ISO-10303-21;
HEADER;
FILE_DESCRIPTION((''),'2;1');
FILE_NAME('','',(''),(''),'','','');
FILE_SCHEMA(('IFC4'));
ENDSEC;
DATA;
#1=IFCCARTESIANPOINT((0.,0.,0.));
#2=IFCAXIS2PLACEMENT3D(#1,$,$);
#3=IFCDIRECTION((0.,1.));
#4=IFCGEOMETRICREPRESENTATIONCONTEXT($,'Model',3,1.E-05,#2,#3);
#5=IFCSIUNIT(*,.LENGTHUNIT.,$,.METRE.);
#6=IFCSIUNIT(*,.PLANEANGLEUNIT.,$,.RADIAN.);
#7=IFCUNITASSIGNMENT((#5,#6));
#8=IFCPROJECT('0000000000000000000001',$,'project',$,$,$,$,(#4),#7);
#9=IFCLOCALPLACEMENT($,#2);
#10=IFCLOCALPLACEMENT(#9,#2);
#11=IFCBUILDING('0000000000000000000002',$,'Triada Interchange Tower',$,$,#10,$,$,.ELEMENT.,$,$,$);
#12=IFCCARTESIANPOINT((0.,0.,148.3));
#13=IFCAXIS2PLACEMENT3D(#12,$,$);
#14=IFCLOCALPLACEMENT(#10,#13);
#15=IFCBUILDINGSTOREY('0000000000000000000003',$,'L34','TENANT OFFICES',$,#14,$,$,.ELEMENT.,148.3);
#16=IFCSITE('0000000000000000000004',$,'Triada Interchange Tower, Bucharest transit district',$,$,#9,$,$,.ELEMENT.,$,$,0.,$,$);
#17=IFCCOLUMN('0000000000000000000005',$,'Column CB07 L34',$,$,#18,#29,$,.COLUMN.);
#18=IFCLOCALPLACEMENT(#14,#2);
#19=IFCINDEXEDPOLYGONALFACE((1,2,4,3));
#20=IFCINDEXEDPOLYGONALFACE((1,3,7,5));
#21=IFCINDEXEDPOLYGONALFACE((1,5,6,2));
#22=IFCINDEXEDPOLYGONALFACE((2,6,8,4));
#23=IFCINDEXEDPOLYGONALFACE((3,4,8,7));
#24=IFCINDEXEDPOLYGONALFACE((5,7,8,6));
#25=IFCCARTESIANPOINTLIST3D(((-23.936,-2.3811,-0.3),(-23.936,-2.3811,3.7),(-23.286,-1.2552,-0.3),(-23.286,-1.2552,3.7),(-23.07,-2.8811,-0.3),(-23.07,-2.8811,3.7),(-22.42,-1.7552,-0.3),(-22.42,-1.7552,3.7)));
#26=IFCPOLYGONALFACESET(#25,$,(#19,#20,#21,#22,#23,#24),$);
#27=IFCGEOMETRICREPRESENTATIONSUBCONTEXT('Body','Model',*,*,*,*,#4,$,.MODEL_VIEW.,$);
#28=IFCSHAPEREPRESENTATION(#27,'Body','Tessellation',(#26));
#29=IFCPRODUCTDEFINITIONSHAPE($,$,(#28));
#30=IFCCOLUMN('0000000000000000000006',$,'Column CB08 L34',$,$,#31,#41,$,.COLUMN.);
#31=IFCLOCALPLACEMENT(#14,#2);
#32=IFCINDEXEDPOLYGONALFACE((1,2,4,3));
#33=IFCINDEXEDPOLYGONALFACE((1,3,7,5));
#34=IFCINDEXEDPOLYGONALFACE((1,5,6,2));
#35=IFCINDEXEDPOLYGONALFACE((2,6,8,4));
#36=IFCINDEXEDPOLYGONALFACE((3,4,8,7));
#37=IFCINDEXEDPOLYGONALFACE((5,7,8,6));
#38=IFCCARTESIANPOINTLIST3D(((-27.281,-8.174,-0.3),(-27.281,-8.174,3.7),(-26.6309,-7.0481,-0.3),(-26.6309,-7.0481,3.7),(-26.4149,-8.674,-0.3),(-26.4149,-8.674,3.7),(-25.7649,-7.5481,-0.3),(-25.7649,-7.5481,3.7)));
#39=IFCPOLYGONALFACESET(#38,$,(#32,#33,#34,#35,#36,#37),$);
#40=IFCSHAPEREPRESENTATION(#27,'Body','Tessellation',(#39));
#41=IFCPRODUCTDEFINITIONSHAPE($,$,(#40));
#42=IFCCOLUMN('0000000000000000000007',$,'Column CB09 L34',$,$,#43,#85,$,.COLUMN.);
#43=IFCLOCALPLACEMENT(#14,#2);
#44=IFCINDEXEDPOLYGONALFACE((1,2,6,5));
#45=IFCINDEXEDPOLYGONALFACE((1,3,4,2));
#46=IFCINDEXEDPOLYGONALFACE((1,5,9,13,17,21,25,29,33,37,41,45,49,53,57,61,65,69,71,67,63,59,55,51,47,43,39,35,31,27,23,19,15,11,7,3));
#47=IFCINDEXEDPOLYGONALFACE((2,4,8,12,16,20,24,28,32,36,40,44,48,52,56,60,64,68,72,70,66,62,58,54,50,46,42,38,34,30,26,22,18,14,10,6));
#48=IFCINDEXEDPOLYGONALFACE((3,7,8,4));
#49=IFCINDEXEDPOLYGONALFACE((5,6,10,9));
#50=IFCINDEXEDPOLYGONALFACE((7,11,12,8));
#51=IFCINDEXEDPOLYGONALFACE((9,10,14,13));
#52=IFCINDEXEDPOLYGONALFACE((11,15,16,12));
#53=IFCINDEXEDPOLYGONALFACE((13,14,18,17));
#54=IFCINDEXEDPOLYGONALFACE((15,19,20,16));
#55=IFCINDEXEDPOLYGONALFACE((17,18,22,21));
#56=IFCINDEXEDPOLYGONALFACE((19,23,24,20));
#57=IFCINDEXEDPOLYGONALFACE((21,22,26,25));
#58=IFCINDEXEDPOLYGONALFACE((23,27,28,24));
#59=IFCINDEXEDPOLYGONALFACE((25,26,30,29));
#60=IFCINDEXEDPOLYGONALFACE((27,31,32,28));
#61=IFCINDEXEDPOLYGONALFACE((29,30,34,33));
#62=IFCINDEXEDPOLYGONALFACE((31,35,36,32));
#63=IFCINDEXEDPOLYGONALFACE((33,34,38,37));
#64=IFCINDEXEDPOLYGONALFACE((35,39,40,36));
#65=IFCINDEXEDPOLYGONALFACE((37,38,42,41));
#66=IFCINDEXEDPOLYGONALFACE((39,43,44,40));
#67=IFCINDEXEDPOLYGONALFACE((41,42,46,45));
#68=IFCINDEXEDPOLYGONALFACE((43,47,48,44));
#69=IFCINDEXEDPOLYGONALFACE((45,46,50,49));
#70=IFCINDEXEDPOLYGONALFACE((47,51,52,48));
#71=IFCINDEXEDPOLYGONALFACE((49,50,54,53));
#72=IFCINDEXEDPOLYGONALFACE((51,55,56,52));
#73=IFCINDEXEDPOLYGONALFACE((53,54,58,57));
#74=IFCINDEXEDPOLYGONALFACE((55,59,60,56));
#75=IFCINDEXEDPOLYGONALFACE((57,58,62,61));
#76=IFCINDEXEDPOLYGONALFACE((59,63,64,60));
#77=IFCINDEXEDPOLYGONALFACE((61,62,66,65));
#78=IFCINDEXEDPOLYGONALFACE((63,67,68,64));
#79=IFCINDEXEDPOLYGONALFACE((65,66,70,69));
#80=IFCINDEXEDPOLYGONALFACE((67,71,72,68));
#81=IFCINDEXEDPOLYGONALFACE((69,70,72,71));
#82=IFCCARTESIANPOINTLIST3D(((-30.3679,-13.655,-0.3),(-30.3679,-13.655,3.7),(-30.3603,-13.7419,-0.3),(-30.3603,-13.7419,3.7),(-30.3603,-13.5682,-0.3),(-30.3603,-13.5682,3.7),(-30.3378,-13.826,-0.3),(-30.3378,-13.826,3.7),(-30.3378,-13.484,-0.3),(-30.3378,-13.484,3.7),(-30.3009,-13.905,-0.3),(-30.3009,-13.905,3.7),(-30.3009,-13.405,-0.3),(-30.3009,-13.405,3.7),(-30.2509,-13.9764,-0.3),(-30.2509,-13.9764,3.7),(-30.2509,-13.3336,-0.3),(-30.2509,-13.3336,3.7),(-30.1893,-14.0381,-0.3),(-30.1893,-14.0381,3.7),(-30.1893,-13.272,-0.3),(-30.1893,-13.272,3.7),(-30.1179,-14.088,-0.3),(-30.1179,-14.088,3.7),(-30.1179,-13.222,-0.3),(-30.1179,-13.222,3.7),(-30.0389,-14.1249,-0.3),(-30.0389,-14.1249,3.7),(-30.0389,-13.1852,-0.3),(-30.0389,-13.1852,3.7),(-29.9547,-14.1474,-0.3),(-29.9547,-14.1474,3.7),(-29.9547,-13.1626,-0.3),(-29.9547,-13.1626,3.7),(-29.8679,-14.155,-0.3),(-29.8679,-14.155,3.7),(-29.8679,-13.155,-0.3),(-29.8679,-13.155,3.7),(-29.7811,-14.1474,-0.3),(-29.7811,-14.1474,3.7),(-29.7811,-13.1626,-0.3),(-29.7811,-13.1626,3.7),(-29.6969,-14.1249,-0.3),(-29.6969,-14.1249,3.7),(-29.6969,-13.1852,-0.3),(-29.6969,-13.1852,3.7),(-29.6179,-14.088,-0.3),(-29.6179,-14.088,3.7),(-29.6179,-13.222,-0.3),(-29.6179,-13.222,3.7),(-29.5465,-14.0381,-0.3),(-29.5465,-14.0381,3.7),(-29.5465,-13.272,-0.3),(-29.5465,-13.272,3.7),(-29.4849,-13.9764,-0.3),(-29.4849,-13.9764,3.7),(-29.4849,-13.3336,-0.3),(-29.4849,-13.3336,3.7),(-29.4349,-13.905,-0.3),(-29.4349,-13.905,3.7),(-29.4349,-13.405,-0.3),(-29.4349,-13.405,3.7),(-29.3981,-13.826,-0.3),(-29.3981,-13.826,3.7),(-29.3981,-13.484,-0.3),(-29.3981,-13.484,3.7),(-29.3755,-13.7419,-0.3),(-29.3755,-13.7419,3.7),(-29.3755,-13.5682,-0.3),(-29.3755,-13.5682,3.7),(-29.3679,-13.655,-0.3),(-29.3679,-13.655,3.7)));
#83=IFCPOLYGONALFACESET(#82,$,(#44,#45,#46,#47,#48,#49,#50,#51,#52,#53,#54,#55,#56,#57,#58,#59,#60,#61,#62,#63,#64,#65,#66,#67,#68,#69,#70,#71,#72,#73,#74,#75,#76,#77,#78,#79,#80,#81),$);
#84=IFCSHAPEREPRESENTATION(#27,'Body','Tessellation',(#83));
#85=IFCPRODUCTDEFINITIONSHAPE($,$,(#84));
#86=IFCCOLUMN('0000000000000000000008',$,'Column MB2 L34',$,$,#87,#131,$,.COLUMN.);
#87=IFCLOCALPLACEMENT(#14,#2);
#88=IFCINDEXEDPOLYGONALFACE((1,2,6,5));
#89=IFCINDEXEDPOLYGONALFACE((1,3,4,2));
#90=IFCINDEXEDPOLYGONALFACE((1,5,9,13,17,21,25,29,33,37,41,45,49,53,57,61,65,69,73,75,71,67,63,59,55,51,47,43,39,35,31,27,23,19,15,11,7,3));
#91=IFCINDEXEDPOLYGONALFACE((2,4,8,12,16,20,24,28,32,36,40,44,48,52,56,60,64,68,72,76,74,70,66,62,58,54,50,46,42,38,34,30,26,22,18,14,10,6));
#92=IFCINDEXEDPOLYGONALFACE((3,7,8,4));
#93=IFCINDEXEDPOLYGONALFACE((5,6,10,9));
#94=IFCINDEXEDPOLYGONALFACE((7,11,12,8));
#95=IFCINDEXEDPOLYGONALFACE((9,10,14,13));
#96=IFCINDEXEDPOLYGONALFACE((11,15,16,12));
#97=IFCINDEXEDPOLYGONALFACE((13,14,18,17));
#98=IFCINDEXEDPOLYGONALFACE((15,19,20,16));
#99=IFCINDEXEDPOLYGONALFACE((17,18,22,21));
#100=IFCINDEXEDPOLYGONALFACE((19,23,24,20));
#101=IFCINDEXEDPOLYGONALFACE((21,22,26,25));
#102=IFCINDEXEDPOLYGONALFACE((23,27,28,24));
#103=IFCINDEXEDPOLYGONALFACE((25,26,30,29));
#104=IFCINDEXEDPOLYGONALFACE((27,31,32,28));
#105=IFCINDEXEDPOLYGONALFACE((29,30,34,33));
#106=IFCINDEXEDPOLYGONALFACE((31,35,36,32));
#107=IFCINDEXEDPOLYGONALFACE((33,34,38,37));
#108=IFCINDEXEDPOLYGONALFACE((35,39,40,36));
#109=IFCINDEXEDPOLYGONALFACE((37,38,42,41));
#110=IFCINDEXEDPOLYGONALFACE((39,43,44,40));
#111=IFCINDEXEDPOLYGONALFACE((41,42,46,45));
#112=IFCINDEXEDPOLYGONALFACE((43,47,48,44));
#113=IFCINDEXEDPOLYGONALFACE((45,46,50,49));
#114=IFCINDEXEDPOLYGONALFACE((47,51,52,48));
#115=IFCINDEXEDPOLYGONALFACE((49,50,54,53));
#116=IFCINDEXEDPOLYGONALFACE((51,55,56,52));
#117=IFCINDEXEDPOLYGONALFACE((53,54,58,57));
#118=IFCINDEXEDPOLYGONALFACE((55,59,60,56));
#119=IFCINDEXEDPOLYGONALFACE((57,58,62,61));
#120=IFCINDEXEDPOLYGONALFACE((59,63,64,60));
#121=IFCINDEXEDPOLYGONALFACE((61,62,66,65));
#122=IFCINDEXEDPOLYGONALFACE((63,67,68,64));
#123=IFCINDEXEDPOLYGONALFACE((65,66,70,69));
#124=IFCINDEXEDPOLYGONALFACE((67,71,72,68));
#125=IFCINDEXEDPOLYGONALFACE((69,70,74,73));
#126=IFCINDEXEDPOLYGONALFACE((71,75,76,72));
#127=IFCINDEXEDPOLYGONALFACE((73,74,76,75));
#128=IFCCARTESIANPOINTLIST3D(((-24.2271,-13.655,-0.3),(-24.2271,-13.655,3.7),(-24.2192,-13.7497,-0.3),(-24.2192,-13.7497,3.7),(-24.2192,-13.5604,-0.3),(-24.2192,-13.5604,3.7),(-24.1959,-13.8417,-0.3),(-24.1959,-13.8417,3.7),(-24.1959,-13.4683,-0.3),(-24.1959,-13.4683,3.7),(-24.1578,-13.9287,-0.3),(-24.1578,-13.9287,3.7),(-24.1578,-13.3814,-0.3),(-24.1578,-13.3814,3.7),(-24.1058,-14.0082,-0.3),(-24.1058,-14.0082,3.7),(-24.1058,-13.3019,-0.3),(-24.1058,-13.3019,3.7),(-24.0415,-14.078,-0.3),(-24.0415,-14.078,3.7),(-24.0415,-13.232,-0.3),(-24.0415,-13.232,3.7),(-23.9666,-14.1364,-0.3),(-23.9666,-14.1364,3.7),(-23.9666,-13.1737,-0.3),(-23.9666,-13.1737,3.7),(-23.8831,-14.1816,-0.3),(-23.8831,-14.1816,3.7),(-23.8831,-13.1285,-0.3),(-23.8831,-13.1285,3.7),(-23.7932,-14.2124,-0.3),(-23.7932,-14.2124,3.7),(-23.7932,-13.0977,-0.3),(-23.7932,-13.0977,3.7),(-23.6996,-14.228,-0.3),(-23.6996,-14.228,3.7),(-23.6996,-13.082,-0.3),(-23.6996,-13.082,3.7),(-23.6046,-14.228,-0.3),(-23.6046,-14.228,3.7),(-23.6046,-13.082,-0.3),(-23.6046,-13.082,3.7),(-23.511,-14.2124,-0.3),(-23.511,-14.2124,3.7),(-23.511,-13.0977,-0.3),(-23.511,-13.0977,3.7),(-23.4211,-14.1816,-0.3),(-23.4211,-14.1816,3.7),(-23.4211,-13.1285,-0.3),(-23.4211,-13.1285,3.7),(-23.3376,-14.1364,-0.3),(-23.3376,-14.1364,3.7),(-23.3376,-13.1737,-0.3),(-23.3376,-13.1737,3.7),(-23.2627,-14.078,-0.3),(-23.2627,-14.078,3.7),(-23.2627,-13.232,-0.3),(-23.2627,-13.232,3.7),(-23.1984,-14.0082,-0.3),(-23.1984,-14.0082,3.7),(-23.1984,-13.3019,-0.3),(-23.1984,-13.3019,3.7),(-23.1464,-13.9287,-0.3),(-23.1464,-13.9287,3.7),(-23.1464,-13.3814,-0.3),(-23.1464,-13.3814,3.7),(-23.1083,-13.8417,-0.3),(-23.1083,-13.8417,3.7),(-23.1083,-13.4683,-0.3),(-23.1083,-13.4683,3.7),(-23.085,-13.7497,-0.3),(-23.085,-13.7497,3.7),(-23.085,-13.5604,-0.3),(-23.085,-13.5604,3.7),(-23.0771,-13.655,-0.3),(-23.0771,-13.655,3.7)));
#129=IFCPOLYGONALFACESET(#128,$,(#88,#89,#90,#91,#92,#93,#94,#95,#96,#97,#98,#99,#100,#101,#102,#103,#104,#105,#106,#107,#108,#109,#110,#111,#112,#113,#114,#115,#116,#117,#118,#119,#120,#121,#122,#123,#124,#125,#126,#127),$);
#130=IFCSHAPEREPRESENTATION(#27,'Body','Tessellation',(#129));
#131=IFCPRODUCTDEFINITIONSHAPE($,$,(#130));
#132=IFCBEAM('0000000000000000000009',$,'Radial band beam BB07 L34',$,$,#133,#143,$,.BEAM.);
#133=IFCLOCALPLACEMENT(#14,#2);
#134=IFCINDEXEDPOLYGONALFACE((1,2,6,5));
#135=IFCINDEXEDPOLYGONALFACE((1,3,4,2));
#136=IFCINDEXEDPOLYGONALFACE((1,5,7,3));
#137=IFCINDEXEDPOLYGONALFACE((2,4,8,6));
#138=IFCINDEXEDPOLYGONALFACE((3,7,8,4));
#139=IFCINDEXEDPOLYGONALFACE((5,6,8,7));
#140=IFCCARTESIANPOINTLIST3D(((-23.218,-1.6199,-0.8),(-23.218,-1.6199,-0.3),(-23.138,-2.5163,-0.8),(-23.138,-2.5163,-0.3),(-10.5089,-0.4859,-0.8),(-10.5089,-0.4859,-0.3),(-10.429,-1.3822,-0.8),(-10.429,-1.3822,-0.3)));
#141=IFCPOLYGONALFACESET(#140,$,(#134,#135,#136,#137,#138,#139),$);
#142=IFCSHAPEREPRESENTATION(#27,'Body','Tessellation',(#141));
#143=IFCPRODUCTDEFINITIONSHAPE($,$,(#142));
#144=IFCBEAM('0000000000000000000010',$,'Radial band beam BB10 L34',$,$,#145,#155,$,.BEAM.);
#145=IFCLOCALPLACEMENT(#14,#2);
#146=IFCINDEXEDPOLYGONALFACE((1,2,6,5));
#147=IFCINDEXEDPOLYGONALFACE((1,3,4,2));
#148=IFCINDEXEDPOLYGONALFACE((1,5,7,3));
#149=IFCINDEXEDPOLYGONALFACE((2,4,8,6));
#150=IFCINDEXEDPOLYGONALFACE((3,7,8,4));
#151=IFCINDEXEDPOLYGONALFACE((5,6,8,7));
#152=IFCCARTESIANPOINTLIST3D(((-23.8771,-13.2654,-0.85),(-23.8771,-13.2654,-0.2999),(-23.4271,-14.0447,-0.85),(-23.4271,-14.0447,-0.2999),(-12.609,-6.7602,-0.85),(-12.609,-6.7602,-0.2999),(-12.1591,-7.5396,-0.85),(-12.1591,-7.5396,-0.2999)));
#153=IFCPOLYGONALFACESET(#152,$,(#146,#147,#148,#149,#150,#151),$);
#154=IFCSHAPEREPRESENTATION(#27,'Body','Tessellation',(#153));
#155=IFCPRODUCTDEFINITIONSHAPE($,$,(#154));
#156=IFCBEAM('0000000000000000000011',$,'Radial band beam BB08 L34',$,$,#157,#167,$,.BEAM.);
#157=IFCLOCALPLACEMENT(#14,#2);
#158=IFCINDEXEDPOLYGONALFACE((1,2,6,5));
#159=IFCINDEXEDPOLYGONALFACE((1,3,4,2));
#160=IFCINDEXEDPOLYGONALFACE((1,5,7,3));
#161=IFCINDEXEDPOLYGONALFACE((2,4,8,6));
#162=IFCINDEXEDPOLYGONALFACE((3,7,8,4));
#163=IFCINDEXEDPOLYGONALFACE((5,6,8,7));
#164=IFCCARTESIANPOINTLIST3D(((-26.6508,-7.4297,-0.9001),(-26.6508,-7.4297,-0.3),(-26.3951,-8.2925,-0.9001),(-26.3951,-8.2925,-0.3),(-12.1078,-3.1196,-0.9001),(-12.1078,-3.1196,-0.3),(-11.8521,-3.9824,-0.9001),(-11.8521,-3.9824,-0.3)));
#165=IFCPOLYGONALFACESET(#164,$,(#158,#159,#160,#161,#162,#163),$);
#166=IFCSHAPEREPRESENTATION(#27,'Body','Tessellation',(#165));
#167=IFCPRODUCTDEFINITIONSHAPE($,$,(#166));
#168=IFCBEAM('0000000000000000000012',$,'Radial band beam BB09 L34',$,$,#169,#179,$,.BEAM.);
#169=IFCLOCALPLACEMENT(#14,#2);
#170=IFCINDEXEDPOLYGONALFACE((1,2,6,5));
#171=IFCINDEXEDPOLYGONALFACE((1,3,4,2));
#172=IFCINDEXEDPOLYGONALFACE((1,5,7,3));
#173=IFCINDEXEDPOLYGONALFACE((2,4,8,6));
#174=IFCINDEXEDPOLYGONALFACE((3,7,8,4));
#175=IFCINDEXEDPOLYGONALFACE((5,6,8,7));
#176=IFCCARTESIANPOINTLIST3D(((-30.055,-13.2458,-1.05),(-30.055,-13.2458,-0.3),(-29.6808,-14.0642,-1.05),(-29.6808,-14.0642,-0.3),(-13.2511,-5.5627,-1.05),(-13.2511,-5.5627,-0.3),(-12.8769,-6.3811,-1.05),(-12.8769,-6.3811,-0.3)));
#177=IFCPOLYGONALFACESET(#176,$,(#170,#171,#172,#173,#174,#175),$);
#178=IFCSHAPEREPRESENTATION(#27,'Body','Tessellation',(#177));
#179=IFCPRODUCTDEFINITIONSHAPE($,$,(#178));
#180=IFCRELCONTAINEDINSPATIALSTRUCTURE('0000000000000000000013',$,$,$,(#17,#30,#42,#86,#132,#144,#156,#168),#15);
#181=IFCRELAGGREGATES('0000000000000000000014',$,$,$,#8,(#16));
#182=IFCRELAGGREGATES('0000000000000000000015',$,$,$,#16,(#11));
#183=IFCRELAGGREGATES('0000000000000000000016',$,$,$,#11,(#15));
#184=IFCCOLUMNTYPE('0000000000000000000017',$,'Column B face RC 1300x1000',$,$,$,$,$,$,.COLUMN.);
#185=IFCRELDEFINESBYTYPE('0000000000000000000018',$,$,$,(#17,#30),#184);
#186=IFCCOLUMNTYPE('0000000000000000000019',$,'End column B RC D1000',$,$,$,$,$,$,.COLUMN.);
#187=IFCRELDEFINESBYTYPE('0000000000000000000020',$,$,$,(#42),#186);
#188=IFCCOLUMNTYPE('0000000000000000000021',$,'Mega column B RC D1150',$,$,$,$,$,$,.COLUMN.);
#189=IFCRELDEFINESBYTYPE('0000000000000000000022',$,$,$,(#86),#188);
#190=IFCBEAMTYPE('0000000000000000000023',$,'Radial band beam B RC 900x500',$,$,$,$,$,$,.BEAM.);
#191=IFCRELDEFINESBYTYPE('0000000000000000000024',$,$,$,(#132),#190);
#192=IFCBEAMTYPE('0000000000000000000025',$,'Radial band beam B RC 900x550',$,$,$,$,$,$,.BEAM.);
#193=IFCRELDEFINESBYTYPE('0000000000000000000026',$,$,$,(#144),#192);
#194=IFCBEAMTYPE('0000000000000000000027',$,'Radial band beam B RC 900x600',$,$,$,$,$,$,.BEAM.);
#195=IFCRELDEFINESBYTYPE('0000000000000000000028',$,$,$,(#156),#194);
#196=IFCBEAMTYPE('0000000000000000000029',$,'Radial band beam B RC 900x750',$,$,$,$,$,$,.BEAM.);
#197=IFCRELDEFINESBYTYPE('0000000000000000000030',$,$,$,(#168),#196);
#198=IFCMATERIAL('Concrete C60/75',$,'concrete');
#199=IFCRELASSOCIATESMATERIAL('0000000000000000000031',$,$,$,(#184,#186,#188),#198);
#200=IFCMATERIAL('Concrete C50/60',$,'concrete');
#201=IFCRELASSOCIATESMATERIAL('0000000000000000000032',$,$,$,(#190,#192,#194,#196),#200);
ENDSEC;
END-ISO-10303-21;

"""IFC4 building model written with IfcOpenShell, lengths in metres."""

from ifc_helpers import new_model, si_unit, direction, frame, origin, origin_2d, place, context, subcontext, project, spatial, rectangle, circle, extrude, material, material_profile, profile_set, type_object, element, save


model = new_model("IFC4")

# Units and contexts
model_context = context("Model", 3, precision=1e-05, world=origin(), true_north=direction((0.0, 1.0)))
body_context = subcontext(model_context, "Body", "Model", "MODEL_VIEW")
ifc_project = project(units=[si_unit("LENGTHUNIT", "METRE"), si_unit("PLANEANGLEUNIT", "RADIAN")], contexts=[model_context])

# Site, building, storey
site_placement = place(None, origin())
site = spatial("IfcSite", under=ifc_project, at=site_placement, Name="Triada Interchange Tower, Bucharest transit district", CompositionType="ELEMENT", RefElevation=0.0)
building_placement = place(site_placement, origin())
building = spatial("IfcBuilding", under=site, at=building_placement, Name="Triada Interchange Tower", CompositionType="ELEMENT")
storey_placement = place(building_placement, frame((0.0, 0.0, 148.3)))
storey = spatial("IfcBuildingStorey", under=building, at=storey_placement, Name="L34", Description="TENANT OFFICES", CompositionType="ELEMENT", Elevation=148.3)

# Columns
ifc_material_1 = material(Name="Concrete C60/75", Category="concrete")
ifc_material_profile_1 = material_profile(ifc_material_1, rectangle(XDim=1.3, YDim=1.0, at=origin_2d()), Name="RC 1300x1000")
ifc_profile_set_1 = profile_set([ifc_material_profile_1], Name="Concrete C60/75")
column_type_1 = type_object("IfcColumnType", Name="Column B face RC 1300x1000", PredefinedType="COLUMN", material=ifc_profile_set_1)
for number, where, z_axis, x_axis, name in (
    (1, (-23.178, -2.0681, -0.3), (0.0, 0.0, 1.0), (0.5, 0.866025, 0.0), "Column CB07 L34"),
    (2, (-26.5229, -7.8611, -0.3), (0.0, 0.0, 1.0), (0.5, 0.866025, 0.0), "Column CB08 L34"),
):
    element("IfcColumn", number, at=place(storey_placement, frame(where, z_axis=z_axis, x_axis=x_axis)), inside=storey, type_object=column_type_1, Name=name, PredefinedType="COLUMN", context=body_context, shape_type="SweptSolid", body=[
        extrude(rectangle(XDim=1.3, YDim=1.0, at=origin_2d()), origin(), (0.0, 0.0, 1.0), 4.0),
    ])
ifc_material_profile_2 = material_profile(ifc_material_1, circle(Radius=0.5, at=origin_2d()), Name="RC D1000")
ifc_profile_set_2 = profile_set([ifc_material_profile_2], Name="Concrete C60/75")
column_type_2 = type_object("IfcColumnType", Name="End column B RC D1000", PredefinedType="COLUMN", material=ifc_profile_set_2)
column_1_placement = place(storey_placement, frame((-29.8679, -13.655, -0.3), z_axis=(0.0, 0.0, 1.0), x_axis=(0.5, 0.866025, 0.0)))
element("IfcColumn", 3, at=column_1_placement, inside=storey, type_object=column_type_2, Name="Column CB09 L34", PredefinedType="COLUMN", context=body_context, shape_type="SweptSolid", body=[
    extrude(circle(Radius=0.5, at=origin_2d()), origin(), (0.0, 0.0, 1.0), 4.0),
])
ifc_material_profile_3 = material_profile(ifc_material_1, circle(Radius=0.575, at=origin_2d()), Name="RC D1150")
ifc_profile_set_3 = profile_set([ifc_material_profile_3], Name="Concrete C60/75")
column_type_3 = type_object("IfcColumnType", Name="Mega column B RC D1150", PredefinedType="COLUMN", material=ifc_profile_set_3)
column_2_placement = place(storey_placement, frame((-23.6521, -13.655, -0.3), z_axis=(0.0, 0.0, 1.0), x_axis=(1.0, 0.0, 0.0)))
element("IfcColumn", 4, at=column_2_placement, inside=storey, type_object=column_type_3, Name="Column MB2 L34", PredefinedType="COLUMN", context=body_context, shape_type="SweptSolid", body=[
    extrude(circle(Radius=0.575, at=origin_2d()), origin(), (0.0, 0.0, 1.0), 4.0),
])

# Beams
ifc_material_2 = material(Name="Concrete C50/60", Category="concrete")
ifc_material_profile_4 = material_profile(ifc_material_2, rectangle(XDim=0.8999, YDim=0.5, at=origin_2d()), Name="RC 900x500")
ifc_profile_set_4 = profile_set([ifc_material_profile_4], Name="Concrete C50/60")
beam_type_1 = type_object("IfcBeamType", Name="Radial band beam B RC 900x500", PredefinedType="BEAM", material=ifc_profile_set_4)
beam_1_placement = place(storey_placement, frame((-23.178, -2.0681, -0.55), z_axis=(0.996043, 0.088878, 0.0), x_axis=(-0.088878, 0.996043, 0.0)))
element("IfcBeam", 5, at=beam_1_placement, inside=storey, type_object=beam_type_1, Name="Radial band beam BB07 L34", PredefinedType="BEAM", context=body_context, shape_type="SweptSolid", body=[
    extrude(rectangle(XDim=0.8999, YDim=0.5, at=origin_2d()), origin(), (0.0, 0.0, 1.0), 12.7595),
])
ifc_material_profile_5 = material_profile(ifc_material_2, rectangle(XDim=0.8999, YDim=0.55, at=origin_2d()), Name="RC 900x550")
ifc_profile_set_5 = profile_set([ifc_material_profile_5], Name="Concrete C50/60")
beam_type_2 = type_object("IfcBeamType", Name="Radial band beam B RC 900x550", PredefinedType="BEAM", material=ifc_profile_set_5)
beam_2_placement = place(storey_placement, frame((-23.6521, -13.655, -0.575), z_axis=(0.866042, 0.499972, 0.0), x_axis=(-0.499972, 0.866042, 0.0)))
element("IfcBeam", 6, at=beam_2_placement, inside=storey, type_object=beam_type_2, Name="Radial band beam BB10 L34", PredefinedType="BEAM", context=body_context, shape_type="SweptSolid", body=[
    extrude(rectangle(XDim=0.8999, YDim=0.55, at=origin_2d()), origin(), (0.0, 0.0, 1.0), 13.011),
])
ifc_material_profile_6 = material_profile(ifc_material_2, rectangle(XDim=0.8999, YDim=0.6001, at=origin_2d()), Name="RC 900x600")
ifc_profile_set_6 = profile_set([ifc_material_profile_6], Name="Concrete C50/60")
beam_type_3 = type_object("IfcBeamType", Name="Radial band beam B RC 900x600", PredefinedType="BEAM", material=ifc_profile_set_6)
beam_3_placement = place(storey_placement, frame((-26.5229, -7.8611, -0.6001), z_axis=(0.95878, 0.284151, 0.0), x_axis=(-0.284151, 0.95878, 0.0)))
element("IfcBeam", 7, at=beam_3_placement, inside=storey, type_object=beam_type_3, Name="Radial band beam BB08 L34", PredefinedType="BEAM", context=body_context, shape_type="SweptSolid", body=[
    extrude(rectangle(XDim=0.8999, YDim=0.6001, at=origin_2d()), origin(), (0.0, 0.0, 1.0), 15.1682),
])
ifc_material_profile_7 = material_profile(ifc_material_2, rectangle(XDim=0.8999, YDim=0.75, at=origin_2d()), Name="RC 900x750")
ifc_profile_set_7 = profile_set([ifc_material_profile_7], Name="Concrete C50/60")
beam_type_4 = type_object("IfcBeamType", Name="Radial band beam B RC 900x750", PredefinedType="BEAM", material=ifc_profile_set_7)
beam_4_placement = place(storey_placement, frame((-29.8679, -13.655, -0.675), z_axis=(0.909448, 0.415818, 0.0), x_axis=(-0.415818, 0.909448, 0.0)))
element("IfcBeam", 8, at=beam_4_placement, inside=storey, type_object=beam_type_4, Name="Radial band beam BB09 L34", PredefinedType="BEAM", context=body_context, shape_type="SweptSolid", body=[
    extrude(rectangle(XDim=0.8999, YDim=0.75, at=origin_2d()), origin(), (0.0, 0.0, 1.0), 18.4771),
])

save(model, "model.ifc")
